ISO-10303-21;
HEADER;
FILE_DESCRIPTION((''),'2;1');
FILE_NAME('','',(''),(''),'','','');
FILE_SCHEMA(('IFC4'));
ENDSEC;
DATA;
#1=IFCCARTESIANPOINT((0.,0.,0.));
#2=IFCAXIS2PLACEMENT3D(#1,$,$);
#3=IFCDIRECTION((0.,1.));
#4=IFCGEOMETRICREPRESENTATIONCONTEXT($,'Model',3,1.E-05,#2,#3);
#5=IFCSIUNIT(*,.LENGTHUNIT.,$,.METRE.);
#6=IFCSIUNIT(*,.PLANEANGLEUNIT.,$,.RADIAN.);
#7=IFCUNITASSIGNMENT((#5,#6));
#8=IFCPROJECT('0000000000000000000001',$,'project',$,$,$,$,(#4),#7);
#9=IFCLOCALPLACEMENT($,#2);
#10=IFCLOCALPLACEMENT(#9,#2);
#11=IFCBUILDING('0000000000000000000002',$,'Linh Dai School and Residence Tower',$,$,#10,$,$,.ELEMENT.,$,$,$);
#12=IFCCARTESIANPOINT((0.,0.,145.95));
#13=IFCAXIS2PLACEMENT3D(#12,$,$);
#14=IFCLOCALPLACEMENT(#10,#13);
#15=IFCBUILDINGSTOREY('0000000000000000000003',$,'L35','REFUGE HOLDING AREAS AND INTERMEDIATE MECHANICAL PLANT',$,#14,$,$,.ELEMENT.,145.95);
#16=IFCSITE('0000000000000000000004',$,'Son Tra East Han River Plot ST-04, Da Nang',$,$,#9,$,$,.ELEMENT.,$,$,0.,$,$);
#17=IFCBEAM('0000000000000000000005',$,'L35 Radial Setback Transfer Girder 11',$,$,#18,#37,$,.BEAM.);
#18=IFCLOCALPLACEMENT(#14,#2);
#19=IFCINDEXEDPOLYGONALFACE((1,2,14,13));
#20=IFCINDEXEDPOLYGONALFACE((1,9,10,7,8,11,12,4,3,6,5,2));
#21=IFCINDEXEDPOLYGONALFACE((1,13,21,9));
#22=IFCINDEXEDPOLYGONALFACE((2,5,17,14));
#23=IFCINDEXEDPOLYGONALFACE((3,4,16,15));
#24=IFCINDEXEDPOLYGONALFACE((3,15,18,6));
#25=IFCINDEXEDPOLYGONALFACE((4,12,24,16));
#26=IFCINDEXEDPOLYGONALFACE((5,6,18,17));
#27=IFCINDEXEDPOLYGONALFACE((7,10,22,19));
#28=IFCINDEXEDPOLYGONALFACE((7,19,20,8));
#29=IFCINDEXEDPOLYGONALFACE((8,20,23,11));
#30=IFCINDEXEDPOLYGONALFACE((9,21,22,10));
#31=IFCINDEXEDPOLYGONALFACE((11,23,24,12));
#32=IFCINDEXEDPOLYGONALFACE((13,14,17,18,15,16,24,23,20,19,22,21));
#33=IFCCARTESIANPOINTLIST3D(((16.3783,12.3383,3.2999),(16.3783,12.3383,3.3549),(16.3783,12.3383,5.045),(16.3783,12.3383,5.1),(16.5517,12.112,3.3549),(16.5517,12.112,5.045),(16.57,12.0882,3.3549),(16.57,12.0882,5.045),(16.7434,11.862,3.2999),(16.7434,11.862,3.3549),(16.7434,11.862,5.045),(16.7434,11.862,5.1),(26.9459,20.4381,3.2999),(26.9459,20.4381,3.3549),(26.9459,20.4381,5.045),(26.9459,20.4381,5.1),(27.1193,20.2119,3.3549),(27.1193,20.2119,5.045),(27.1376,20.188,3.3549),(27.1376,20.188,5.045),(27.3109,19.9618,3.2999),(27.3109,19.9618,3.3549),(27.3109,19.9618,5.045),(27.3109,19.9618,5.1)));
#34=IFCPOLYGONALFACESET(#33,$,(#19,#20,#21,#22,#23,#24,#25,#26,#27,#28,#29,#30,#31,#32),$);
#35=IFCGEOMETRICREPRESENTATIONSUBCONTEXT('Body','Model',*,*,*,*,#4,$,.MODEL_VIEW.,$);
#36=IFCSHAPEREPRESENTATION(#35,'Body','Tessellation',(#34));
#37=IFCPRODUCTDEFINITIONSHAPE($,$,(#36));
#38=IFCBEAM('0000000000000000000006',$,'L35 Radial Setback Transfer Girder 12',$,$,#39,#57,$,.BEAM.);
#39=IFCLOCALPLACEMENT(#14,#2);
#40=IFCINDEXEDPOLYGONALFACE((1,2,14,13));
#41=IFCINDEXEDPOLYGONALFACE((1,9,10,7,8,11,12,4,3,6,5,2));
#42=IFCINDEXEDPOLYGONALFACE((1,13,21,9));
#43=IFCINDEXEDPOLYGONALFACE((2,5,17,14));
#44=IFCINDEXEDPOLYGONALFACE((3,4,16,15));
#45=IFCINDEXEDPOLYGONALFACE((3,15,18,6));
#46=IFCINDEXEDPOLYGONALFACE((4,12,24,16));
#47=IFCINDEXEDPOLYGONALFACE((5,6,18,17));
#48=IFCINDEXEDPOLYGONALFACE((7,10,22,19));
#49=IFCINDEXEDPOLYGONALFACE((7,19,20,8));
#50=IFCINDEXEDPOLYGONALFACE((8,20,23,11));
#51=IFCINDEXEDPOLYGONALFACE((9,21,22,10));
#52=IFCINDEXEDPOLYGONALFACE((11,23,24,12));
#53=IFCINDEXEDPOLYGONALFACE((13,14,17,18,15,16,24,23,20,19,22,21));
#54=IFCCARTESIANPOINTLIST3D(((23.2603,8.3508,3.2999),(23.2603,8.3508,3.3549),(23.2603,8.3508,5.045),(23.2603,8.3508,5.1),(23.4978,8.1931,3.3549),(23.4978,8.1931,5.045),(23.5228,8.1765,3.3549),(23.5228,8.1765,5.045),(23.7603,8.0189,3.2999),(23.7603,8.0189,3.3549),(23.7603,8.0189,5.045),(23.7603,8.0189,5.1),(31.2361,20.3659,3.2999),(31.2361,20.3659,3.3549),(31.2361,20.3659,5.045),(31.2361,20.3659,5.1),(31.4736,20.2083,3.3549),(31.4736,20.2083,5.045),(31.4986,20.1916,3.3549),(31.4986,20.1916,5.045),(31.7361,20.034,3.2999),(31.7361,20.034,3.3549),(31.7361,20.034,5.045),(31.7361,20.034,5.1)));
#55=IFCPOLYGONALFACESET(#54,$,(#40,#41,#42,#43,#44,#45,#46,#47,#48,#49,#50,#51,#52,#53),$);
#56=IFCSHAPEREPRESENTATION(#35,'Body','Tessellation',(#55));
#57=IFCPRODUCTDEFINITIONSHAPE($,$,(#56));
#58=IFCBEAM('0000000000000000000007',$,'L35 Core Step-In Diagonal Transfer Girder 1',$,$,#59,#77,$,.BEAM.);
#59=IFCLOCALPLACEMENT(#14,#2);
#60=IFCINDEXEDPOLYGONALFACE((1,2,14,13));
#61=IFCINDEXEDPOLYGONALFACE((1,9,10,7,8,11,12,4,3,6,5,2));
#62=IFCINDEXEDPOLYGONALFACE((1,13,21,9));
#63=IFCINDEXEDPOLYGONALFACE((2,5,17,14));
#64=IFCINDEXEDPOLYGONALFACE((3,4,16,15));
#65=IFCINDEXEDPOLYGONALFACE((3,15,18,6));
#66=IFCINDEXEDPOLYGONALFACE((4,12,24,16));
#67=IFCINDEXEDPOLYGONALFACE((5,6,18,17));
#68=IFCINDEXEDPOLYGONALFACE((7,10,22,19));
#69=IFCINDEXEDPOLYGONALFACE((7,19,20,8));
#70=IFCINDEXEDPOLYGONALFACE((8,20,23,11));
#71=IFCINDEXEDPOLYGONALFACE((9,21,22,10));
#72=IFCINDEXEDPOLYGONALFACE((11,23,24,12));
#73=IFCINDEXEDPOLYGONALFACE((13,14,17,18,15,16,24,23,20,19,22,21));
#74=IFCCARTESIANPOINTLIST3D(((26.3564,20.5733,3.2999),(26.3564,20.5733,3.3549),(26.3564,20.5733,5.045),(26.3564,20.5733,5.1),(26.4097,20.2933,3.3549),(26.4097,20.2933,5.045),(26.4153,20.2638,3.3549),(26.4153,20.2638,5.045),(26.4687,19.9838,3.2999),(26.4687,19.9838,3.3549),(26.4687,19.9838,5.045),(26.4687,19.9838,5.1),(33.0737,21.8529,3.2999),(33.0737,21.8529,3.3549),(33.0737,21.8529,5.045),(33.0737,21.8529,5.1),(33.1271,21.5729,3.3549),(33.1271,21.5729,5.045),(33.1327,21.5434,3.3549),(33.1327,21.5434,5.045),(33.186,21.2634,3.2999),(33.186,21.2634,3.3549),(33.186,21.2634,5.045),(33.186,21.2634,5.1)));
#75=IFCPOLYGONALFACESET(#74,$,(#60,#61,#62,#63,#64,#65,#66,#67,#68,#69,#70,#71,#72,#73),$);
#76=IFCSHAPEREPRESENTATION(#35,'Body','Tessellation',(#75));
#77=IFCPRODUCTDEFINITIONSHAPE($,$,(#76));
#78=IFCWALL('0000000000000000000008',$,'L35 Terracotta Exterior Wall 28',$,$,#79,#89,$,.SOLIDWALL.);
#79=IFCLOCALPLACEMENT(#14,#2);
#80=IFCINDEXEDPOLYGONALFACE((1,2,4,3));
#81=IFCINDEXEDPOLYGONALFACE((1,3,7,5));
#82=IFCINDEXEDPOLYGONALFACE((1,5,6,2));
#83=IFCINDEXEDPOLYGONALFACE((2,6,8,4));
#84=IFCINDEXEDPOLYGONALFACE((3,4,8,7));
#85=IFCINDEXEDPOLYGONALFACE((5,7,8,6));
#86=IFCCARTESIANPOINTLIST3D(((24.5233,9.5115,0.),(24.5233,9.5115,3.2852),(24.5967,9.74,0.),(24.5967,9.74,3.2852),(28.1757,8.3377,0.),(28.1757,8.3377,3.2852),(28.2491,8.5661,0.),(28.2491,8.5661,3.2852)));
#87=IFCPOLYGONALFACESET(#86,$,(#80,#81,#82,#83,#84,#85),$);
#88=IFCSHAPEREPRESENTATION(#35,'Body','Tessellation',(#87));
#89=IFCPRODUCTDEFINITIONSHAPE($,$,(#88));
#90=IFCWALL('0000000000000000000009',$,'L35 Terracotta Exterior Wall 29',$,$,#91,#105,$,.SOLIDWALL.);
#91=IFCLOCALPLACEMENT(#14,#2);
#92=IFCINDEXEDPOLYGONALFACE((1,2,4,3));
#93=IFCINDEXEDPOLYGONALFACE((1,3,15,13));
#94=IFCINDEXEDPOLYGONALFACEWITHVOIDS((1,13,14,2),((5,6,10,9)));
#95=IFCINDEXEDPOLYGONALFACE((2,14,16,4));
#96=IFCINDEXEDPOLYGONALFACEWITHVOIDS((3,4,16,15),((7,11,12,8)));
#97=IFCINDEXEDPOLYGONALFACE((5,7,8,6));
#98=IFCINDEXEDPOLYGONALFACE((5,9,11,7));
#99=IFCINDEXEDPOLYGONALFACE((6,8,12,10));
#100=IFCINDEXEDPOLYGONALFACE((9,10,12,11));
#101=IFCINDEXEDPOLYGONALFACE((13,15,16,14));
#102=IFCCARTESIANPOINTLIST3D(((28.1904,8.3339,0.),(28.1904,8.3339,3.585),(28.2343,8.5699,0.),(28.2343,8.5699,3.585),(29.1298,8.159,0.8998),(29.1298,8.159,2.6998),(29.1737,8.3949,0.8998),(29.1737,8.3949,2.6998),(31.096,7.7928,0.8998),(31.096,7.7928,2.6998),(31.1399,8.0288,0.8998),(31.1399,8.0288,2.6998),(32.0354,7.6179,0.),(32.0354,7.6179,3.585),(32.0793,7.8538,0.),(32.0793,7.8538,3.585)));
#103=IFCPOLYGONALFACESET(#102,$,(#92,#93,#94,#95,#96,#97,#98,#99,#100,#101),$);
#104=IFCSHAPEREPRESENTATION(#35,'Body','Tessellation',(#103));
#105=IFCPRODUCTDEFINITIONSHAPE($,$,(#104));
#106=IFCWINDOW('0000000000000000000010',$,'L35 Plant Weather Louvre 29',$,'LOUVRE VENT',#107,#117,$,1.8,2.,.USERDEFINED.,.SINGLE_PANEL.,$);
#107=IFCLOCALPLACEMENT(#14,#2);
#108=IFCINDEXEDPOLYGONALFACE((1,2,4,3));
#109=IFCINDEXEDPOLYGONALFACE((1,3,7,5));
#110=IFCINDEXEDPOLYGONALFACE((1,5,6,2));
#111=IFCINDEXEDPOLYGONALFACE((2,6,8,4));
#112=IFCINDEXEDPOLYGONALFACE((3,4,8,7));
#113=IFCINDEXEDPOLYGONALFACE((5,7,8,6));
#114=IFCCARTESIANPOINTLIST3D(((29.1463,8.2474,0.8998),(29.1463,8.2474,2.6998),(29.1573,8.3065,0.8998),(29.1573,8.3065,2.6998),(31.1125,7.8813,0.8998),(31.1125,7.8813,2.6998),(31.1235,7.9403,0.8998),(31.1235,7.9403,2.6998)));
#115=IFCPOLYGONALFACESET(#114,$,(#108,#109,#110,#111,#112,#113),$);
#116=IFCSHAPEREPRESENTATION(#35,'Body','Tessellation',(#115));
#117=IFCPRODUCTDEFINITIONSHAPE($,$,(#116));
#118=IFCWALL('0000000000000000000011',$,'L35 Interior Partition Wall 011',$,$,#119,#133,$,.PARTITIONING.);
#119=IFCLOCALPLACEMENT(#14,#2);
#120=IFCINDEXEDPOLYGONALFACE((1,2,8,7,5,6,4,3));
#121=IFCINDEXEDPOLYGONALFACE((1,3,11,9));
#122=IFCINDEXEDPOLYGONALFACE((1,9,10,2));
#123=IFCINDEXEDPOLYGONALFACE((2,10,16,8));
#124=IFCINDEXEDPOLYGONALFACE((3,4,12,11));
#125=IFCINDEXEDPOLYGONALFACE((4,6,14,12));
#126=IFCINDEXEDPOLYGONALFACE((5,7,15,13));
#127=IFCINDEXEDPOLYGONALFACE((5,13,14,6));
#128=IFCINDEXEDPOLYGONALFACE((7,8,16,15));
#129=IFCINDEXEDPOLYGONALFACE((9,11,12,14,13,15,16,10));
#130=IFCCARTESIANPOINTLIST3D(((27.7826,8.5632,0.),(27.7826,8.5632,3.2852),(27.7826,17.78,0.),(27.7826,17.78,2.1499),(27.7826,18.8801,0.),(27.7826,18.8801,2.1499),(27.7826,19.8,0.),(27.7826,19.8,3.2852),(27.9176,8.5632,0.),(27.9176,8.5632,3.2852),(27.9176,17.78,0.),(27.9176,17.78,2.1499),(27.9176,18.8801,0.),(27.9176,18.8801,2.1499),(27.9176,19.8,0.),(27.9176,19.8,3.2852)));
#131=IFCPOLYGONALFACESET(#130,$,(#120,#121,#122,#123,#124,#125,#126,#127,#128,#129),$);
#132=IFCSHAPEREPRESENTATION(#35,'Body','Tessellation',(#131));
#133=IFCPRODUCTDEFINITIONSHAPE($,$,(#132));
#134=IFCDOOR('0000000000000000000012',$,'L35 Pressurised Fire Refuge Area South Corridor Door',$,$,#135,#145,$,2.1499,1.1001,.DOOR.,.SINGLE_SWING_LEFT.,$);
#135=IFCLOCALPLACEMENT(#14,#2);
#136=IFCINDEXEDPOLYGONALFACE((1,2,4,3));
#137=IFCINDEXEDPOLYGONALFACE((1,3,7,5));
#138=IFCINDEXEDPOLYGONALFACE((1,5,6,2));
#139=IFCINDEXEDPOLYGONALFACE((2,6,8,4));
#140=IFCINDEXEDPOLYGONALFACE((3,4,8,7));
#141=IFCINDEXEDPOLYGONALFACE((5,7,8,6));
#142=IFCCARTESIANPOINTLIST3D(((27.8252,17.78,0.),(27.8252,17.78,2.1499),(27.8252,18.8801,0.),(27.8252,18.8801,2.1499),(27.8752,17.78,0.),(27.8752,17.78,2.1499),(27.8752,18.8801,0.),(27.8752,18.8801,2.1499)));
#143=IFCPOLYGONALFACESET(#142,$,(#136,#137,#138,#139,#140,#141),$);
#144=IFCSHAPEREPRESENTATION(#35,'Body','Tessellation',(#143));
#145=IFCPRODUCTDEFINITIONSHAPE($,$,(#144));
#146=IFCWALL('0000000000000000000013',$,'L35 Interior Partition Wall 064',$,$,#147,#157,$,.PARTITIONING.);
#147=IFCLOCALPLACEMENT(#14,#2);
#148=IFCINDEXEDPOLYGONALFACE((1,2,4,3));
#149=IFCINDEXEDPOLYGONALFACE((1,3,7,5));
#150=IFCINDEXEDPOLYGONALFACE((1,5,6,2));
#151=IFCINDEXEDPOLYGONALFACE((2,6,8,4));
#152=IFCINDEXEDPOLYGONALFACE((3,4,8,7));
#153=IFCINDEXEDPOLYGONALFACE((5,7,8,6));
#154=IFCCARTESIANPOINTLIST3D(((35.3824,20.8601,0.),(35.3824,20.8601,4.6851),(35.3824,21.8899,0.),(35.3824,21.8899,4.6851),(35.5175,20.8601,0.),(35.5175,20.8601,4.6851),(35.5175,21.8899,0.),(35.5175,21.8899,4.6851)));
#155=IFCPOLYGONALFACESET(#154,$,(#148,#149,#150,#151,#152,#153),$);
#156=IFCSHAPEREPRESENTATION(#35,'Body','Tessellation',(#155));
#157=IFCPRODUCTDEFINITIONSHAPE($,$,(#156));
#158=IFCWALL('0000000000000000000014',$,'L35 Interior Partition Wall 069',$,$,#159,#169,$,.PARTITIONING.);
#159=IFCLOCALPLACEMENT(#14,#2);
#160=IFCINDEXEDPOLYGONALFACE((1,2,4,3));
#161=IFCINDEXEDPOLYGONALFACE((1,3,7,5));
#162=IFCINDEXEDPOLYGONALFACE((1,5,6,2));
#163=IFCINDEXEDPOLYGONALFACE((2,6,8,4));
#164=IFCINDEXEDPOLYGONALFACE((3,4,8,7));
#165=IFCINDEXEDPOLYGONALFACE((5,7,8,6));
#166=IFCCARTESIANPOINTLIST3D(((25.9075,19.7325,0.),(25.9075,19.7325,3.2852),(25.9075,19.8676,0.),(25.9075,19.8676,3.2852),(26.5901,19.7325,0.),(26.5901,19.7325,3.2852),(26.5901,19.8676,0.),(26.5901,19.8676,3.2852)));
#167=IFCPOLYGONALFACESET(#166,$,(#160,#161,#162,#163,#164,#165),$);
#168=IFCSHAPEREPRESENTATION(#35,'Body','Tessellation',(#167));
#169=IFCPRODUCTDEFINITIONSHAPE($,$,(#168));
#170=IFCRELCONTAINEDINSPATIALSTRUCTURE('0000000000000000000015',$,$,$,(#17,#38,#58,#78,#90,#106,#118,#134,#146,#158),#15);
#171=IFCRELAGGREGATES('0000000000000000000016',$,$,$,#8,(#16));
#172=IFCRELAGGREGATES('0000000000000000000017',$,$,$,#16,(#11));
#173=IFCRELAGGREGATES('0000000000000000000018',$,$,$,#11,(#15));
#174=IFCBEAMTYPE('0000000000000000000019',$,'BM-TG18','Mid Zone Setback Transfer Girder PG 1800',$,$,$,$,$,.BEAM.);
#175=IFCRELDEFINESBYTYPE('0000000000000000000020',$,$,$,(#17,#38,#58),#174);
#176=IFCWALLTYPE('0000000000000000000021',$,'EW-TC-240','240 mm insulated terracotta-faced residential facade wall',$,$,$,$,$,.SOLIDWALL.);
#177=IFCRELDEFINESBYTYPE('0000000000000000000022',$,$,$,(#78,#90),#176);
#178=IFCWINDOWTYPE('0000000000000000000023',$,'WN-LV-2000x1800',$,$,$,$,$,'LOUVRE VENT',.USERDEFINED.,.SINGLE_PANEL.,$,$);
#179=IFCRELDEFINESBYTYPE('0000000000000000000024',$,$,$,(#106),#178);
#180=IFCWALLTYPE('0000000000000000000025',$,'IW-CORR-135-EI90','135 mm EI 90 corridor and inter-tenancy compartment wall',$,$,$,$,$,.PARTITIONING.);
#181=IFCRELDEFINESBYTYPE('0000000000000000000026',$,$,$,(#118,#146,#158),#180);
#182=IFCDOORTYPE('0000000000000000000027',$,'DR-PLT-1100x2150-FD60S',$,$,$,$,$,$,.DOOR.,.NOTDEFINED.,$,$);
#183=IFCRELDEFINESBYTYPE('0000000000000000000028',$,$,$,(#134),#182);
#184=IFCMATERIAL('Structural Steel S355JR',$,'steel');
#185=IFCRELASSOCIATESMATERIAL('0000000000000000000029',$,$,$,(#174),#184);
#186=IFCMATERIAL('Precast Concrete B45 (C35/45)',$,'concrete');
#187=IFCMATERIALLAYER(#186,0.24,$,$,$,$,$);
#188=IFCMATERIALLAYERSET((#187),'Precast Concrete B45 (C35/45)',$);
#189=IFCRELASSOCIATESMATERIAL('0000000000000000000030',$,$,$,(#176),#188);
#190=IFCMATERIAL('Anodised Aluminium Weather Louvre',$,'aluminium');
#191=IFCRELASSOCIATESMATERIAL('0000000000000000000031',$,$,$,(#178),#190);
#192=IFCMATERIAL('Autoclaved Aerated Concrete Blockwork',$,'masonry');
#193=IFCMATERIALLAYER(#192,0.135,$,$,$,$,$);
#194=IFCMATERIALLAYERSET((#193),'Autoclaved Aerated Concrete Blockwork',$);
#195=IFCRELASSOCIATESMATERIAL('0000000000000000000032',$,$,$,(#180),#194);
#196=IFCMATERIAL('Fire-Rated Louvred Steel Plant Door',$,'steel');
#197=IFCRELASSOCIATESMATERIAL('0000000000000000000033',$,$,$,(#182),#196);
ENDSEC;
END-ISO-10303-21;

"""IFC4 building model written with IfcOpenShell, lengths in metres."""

from ifc_helpers import new_model, si_unit, direction, frame, frame_2d, origin, origin_2d, place, context, subcontext, project, spatial, rectangle, i_section, extrude, source, transform, mapped, material, layer, layer_set, material_profile, profile_set, type_object, element, fill, save


model = new_model("IFC4")

# Units and contexts
model_context = context("Model", 3, precision=1e-05, world=origin(), true_north=direction((0.0, 1.0)))
body_context = subcontext(model_context, "Body", "Model", "MODEL_VIEW")
ifc_project = project(units=[si_unit("LENGTHUNIT", "METRE"), si_unit("PLANEANGLEUNIT", "RADIAN")], contexts=[model_context])

# Site, building, storey
site_placement = place(None, origin())
site = spatial("IfcSite", under=ifc_project, at=site_placement, Name="Son Tra East Han River Plot ST-04, Da Nang", CompositionType="ELEMENT", RefElevation=0.0)
building_placement = place(site_placement, origin())
building = spatial("IfcBuilding", under=site, at=building_placement, Name="Linh Dai School and Residence Tower", CompositionType="ELEMENT")
storey_placement = place(building_placement, frame((0.0, 0.0, 145.95)))
storey = spatial("IfcBuildingStorey", under=building, at=storey_placement, Name="L35", Description="REFUGE HOLDING AREAS AND INTERMEDIATE MECHANICAL PLANT", CompositionType="ELEMENT", Elevation=145.95)

# Shared definitions
ifc_material_1 = material(Name="Structural Steel S355JR", Category="steel")

# Beams
ifc_material_profile_1 = material_profile(ifc_material_1, i_section(OverallWidth=0.6001, OverallDepth=1.8, WebThickness=0.03, FlangeThickness=0.0549, at=origin_2d()), Name="PG 1800x600x30x55")
ifc_profile_set_1 = profile_set([ifc_material_profile_1], Name="Structural Steel S355JR")
beam_type_1 = type_object("IfcBeamType", Name="BM-TG18", Description="Mid Zone Setback Transfer Girder PG 1800", PredefinedType="BEAM", material=ifc_profile_set_1)
beam_1_placement = place(storey_placement, frame((27.1284, 20.2, 4.2), z_axis=(-0.793679, -0.608337, 0.0), x_axis=(0.608337, -0.793679, 0.0)))
element("IfcBeam", 1, at=beam_1_placement, inside=storey, type_object=beam_type_1, Name="L35 Radial Setback Transfer Girder 11", PredefinedType="BEAM", context=body_context, shape_type="SweptSolid", body=[
    extrude(i_section(OverallWidth=0.6001, OverallDepth=1.8, WebThickness=0.03, FlangeThickness=0.0549, at=origin_2d()), origin(), (0.0, 0.0, 1.0), 13.3147),
])
beam_2_placement = place(storey_placement, frame((31.4861, 20.2, 4.2), z_axis=(-0.553054, -0.833145, 0.0), x_axis=(0.833145, -0.553054, 0.0)))
element("IfcBeam", 2, at=beam_2_placement, inside=storey, type_object=beam_type_1, Name="L35 Radial Setback Transfer Girder 12", PredefinedType="BEAM", context=body_context, shape_type="SweptSolid", body=[
    extrude(i_section(OverallWidth=0.6001, OverallDepth=1.8, WebThickness=0.03, FlangeThickness=0.0549, at=origin_2d()), origin(), (0.0, 0.0, 1.0), 14.4214),
])
beam_3_placement = place(storey_placement, frame((33.1299, 21.5581, 4.2), z_axis=(-0.982337, -0.18712, 0.0), x_axis=(0.18712, -0.982337, 0.0)))
element("IfcBeam", 3, at=beam_3_placement, inside=storey, type_object=beam_type_1, Name="L35 Core Step-In Diagonal Transfer Girder 1", PredefinedType="BEAM", context=body_context, shape_type="SweptSolid", body=[
    extrude(i_section(OverallWidth=0.6001, OverallDepth=1.8, WebThickness=0.03, FlangeThickness=0.0549, at=origin_2d()), origin(), (0.0, 0.0, 1.0), 6.8381),
])

# Wall
ifc_material_2 = material(Name="Precast Concrete B45 (C35/45)", Category="concrete")
ifc_layer_1 = layer(ifc_material_2, 0.24)
ifc_layer_set_1 = layer_set([ifc_layer_1], Name="Precast Concrete B45 (C35/45)")
wall_type_1 = type_object("IfcWallType", Name="EW-TC-240", Description="240 mm insulated terracotta-faced residential facade wall", PredefinedType="SOLIDWALL", material=ifc_layer_set_1)
wall_1_placement = place(storey_placement, frame((28.2124, 8.4519, 0.0), z_axis=(0.0, 0.0, 1.0), x_axis=(-0.952039, 0.305976, 0.0)))
element("IfcWall", 4, at=wall_1_placement, inside=storey, type_object=wall_type_1, Name="L35 Terracotta Exterior Wall 28", PredefinedType="SOLIDWALL", context=body_context, shape_type="SweptSolid", body=[
    extrude(rectangle(XDim=3.8364, YDim=0.24, at=frame_2d((1.9182, 0.0))), origin(), (0.0, 0.0, 1.0), 3.2852),
])

# Wall, opening, window
wall_2_placement = place(storey_placement, frame((32.0574, 7.7358, 0.0), z_axis=(0.0, 0.0, 1.0), x_axis=(-0.983097, 0.183086, 0.0)))
wall_2 = element("IfcWall", 5, at=wall_2_placement, inside=storey, type_object=wall_type_1, Name="L35 Terracotta Exterior Wall 29", PredefinedType="SOLIDWALL", context=body_context, shape_type="SweptSolid", body=[
    extrude(rectangle(XDim=3.9111, YDim=0.24, at=frame_2d((1.9556, 0.0))), origin(), (0.0, 0.0, 1.0), 3.585),
])
opening_1_placement = place(wall_2_placement, frame((0.9556, 0.0, 0.8999)))
opening_1 = element("IfcOpeningElement", 6, at=opening_1_placement, cuts=wall_2, PredefinedType="OPENING", context=body_context, shape_type="SweptSolid", body=[
    extrude(rectangle(XDim=2.0, YDim=1.8, at=origin_2d()), frame((1.0, 0.1299, 0.8999), z_axis=(0.0, -1.0, 0.0), x_axis=(1.0, 0.0, 0.0)), (0.0, 0.0, 1.0), 0.26),
])
ifc_material_3 = material(Name="Anodised Aluminium Weather Louvre", Category="aluminium")
window_type = type_object("IfcWindowType", Name="WN-LV-2000x1800", ElementType="LOUVRE VENT", PartitioningType="SINGLE_PANEL", PredefinedType="USERDEFINED", material=ifc_material_3)
shared_shape_1 = source(origin(), body_context, "Body", "SweptSolid", [
    extrude(rectangle(XDim=2.0, YDim=1.8, at=origin_2d()), frame((1.0, 0.03, 0.8999), z_axis=(0.0, -1.0, 0.0), x_axis=(1.0, 0.0, 0.0)), (0.0, 0.0, 1.0), 0.0601),
])
window_placement = place(opening_1_placement, origin())
window = element("IfcWindow", 7, at=window_placement, inside=storey, type_object=window_type, Name="L35 Plant Weather Louvre 29", ObjectType="LOUVRE VENT", OverallHeight=1.8, OverallWidth=2.0, PartitioningType="SINGLE_PANEL", PredefinedType="USERDEFINED", context=body_context, shape_type="MappedRepresentation", body=[
    mapped(shared_shape_1, transform((0.0, 0.0, 0.0), x_axis=(1.0, 0.0, 0.0), y_axis=(0.0, 1.0, 0.0), z_axis=(0.0, 0.0, 1.0), scale=1.0)),
])
fill(opening_1, window)

# Wall, opening, door
ifc_material_4 = material(Name="Autoclaved Aerated Concrete Blockwork", Category="masonry")
ifc_layer_2 = layer(ifc_material_4, 0.135)
ifc_layer_set_2 = layer_set([ifc_layer_2], Name="Autoclaved Aerated Concrete Blockwork")
wall_type_2 = type_object("IfcWallType", Name="IW-CORR-135-EI90", Description="135 mm EI 90 corridor and inter-tenancy compartment wall", PredefinedType="PARTITIONING", material=ifc_layer_set_2)
wall_3_placement = place(storey_placement, frame((27.8501, 8.5632, 0.0), z_axis=(0.0, 0.0, 1.0), x_axis=(0.0, 1.0, 0.0)))
wall_3 = element("IfcWall", 8, at=wall_3_placement, inside=storey, type_object=wall_type_2, Name="L35 Interior Partition Wall 011", PredefinedType="PARTITIONING", context=body_context, shape_type="SweptSolid", body=[
    extrude(rectangle(XDim=11.2368, YDim=0.135, at=frame_2d((5.6184, 0.0))), origin(), (0.0, 0.0, 1.0), 3.2852),
])
opening_2_placement = place(wall_3_placement, frame((9.2168, 0.0, 0.0)))
opening_2 = element("IfcOpeningElement", 9, at=opening_2_placement, cuts=wall_3, PredefinedType="OPENING", context=body_context, shape_type="SweptSolid", body=[
    extrude(rectangle(XDim=1.1001, YDim=2.1499, at=origin_2d()), frame((0.55, 0.0776, 1.075), z_axis=(0.0, -1.0, 0.0), x_axis=(1.0, 0.0, 0.0)), (0.0, 0.0, 1.0), 0.155),
])
ifc_material_5 = material(Name="Fire-Rated Louvred Steel Plant Door", Category="steel")
door_type_1 = type_object("IfcDoorType", Name="DR-PLT-1100x2150-FD60S", OperationType="NOTDEFINED", PredefinedType="DOOR", material=ifc_material_5)
shared_shape_2 = source(origin(), body_context, "Body", "SweptSolid", [
    extrude(rectangle(XDim=1.1001, YDim=2.1499, at=origin_2d()), frame((0.55, 0.0249, 1.075), z_axis=(0.0, -1.0, 0.0), x_axis=(1.0, 0.0, 0.0)), (0.0, 0.0, 1.0), 0.05),
])
door_1_placement = place(opening_2_placement, origin())
door_1 = element("IfcDoor", 10, at=door_1_placement, inside=storey, type_object=door_type_1, Name="L35 Pressurised Fire Refuge Area South Corridor Door", OperationType="SINGLE_SWING_LEFT", OverallHeight=2.1499, OverallWidth=1.1001, PredefinedType="DOOR", context=body_context, shape_type="MappedRepresentation", body=[
    mapped(shared_shape_2, transform((0.0, 0.0, 0.0), x_axis=(1.0, 0.0, 0.0), y_axis=(0.0, 1.0, 0.0), z_axis=(0.0, 0.0, 1.0), scale=1.0)),
])
fill(opening_2, door_1)

# Walls
wall_4_placement = place(storey_placement, frame((35.45, 21.8899, 0.0), z_axis=(0.0, 0.0, 1.0), x_axis=(0.0, -1.0, 0.0)))
element("IfcWall", 11, at=wall_4_placement, inside=storey, type_object=wall_type_2, Name="L35 Interior Partition Wall 064", PredefinedType="PARTITIONING", context=body_context, shape_type="SweptSolid", body=[
    extrude(rectangle(XDim=1.0298, YDim=0.135, at=frame_2d((0.5149, 0.0))), origin(), (0.0, 0.0, 1.0), 4.6851),
])
wall_5_placement = place(storey_placement, frame((25.9075, 19.8, 0.0), z_axis=(0.0, 0.0, 1.0), x_axis=(1.0, 0.0, 0.0)))
element("IfcWall", 12, at=wall_5_placement, inside=storey, type_object=wall_type_2, Name="L35 Interior Partition Wall 069", PredefinedType="PARTITIONING", context=body_context, shape_type="SweptSolid", body=[
    extrude(rectangle(XDim=0.6826, YDim=0.135, at=frame_2d((0.3413, 0.0))), origin(), (0.0, 0.0, 1.0), 3.2852),
])

save(model, "model.ifc")
